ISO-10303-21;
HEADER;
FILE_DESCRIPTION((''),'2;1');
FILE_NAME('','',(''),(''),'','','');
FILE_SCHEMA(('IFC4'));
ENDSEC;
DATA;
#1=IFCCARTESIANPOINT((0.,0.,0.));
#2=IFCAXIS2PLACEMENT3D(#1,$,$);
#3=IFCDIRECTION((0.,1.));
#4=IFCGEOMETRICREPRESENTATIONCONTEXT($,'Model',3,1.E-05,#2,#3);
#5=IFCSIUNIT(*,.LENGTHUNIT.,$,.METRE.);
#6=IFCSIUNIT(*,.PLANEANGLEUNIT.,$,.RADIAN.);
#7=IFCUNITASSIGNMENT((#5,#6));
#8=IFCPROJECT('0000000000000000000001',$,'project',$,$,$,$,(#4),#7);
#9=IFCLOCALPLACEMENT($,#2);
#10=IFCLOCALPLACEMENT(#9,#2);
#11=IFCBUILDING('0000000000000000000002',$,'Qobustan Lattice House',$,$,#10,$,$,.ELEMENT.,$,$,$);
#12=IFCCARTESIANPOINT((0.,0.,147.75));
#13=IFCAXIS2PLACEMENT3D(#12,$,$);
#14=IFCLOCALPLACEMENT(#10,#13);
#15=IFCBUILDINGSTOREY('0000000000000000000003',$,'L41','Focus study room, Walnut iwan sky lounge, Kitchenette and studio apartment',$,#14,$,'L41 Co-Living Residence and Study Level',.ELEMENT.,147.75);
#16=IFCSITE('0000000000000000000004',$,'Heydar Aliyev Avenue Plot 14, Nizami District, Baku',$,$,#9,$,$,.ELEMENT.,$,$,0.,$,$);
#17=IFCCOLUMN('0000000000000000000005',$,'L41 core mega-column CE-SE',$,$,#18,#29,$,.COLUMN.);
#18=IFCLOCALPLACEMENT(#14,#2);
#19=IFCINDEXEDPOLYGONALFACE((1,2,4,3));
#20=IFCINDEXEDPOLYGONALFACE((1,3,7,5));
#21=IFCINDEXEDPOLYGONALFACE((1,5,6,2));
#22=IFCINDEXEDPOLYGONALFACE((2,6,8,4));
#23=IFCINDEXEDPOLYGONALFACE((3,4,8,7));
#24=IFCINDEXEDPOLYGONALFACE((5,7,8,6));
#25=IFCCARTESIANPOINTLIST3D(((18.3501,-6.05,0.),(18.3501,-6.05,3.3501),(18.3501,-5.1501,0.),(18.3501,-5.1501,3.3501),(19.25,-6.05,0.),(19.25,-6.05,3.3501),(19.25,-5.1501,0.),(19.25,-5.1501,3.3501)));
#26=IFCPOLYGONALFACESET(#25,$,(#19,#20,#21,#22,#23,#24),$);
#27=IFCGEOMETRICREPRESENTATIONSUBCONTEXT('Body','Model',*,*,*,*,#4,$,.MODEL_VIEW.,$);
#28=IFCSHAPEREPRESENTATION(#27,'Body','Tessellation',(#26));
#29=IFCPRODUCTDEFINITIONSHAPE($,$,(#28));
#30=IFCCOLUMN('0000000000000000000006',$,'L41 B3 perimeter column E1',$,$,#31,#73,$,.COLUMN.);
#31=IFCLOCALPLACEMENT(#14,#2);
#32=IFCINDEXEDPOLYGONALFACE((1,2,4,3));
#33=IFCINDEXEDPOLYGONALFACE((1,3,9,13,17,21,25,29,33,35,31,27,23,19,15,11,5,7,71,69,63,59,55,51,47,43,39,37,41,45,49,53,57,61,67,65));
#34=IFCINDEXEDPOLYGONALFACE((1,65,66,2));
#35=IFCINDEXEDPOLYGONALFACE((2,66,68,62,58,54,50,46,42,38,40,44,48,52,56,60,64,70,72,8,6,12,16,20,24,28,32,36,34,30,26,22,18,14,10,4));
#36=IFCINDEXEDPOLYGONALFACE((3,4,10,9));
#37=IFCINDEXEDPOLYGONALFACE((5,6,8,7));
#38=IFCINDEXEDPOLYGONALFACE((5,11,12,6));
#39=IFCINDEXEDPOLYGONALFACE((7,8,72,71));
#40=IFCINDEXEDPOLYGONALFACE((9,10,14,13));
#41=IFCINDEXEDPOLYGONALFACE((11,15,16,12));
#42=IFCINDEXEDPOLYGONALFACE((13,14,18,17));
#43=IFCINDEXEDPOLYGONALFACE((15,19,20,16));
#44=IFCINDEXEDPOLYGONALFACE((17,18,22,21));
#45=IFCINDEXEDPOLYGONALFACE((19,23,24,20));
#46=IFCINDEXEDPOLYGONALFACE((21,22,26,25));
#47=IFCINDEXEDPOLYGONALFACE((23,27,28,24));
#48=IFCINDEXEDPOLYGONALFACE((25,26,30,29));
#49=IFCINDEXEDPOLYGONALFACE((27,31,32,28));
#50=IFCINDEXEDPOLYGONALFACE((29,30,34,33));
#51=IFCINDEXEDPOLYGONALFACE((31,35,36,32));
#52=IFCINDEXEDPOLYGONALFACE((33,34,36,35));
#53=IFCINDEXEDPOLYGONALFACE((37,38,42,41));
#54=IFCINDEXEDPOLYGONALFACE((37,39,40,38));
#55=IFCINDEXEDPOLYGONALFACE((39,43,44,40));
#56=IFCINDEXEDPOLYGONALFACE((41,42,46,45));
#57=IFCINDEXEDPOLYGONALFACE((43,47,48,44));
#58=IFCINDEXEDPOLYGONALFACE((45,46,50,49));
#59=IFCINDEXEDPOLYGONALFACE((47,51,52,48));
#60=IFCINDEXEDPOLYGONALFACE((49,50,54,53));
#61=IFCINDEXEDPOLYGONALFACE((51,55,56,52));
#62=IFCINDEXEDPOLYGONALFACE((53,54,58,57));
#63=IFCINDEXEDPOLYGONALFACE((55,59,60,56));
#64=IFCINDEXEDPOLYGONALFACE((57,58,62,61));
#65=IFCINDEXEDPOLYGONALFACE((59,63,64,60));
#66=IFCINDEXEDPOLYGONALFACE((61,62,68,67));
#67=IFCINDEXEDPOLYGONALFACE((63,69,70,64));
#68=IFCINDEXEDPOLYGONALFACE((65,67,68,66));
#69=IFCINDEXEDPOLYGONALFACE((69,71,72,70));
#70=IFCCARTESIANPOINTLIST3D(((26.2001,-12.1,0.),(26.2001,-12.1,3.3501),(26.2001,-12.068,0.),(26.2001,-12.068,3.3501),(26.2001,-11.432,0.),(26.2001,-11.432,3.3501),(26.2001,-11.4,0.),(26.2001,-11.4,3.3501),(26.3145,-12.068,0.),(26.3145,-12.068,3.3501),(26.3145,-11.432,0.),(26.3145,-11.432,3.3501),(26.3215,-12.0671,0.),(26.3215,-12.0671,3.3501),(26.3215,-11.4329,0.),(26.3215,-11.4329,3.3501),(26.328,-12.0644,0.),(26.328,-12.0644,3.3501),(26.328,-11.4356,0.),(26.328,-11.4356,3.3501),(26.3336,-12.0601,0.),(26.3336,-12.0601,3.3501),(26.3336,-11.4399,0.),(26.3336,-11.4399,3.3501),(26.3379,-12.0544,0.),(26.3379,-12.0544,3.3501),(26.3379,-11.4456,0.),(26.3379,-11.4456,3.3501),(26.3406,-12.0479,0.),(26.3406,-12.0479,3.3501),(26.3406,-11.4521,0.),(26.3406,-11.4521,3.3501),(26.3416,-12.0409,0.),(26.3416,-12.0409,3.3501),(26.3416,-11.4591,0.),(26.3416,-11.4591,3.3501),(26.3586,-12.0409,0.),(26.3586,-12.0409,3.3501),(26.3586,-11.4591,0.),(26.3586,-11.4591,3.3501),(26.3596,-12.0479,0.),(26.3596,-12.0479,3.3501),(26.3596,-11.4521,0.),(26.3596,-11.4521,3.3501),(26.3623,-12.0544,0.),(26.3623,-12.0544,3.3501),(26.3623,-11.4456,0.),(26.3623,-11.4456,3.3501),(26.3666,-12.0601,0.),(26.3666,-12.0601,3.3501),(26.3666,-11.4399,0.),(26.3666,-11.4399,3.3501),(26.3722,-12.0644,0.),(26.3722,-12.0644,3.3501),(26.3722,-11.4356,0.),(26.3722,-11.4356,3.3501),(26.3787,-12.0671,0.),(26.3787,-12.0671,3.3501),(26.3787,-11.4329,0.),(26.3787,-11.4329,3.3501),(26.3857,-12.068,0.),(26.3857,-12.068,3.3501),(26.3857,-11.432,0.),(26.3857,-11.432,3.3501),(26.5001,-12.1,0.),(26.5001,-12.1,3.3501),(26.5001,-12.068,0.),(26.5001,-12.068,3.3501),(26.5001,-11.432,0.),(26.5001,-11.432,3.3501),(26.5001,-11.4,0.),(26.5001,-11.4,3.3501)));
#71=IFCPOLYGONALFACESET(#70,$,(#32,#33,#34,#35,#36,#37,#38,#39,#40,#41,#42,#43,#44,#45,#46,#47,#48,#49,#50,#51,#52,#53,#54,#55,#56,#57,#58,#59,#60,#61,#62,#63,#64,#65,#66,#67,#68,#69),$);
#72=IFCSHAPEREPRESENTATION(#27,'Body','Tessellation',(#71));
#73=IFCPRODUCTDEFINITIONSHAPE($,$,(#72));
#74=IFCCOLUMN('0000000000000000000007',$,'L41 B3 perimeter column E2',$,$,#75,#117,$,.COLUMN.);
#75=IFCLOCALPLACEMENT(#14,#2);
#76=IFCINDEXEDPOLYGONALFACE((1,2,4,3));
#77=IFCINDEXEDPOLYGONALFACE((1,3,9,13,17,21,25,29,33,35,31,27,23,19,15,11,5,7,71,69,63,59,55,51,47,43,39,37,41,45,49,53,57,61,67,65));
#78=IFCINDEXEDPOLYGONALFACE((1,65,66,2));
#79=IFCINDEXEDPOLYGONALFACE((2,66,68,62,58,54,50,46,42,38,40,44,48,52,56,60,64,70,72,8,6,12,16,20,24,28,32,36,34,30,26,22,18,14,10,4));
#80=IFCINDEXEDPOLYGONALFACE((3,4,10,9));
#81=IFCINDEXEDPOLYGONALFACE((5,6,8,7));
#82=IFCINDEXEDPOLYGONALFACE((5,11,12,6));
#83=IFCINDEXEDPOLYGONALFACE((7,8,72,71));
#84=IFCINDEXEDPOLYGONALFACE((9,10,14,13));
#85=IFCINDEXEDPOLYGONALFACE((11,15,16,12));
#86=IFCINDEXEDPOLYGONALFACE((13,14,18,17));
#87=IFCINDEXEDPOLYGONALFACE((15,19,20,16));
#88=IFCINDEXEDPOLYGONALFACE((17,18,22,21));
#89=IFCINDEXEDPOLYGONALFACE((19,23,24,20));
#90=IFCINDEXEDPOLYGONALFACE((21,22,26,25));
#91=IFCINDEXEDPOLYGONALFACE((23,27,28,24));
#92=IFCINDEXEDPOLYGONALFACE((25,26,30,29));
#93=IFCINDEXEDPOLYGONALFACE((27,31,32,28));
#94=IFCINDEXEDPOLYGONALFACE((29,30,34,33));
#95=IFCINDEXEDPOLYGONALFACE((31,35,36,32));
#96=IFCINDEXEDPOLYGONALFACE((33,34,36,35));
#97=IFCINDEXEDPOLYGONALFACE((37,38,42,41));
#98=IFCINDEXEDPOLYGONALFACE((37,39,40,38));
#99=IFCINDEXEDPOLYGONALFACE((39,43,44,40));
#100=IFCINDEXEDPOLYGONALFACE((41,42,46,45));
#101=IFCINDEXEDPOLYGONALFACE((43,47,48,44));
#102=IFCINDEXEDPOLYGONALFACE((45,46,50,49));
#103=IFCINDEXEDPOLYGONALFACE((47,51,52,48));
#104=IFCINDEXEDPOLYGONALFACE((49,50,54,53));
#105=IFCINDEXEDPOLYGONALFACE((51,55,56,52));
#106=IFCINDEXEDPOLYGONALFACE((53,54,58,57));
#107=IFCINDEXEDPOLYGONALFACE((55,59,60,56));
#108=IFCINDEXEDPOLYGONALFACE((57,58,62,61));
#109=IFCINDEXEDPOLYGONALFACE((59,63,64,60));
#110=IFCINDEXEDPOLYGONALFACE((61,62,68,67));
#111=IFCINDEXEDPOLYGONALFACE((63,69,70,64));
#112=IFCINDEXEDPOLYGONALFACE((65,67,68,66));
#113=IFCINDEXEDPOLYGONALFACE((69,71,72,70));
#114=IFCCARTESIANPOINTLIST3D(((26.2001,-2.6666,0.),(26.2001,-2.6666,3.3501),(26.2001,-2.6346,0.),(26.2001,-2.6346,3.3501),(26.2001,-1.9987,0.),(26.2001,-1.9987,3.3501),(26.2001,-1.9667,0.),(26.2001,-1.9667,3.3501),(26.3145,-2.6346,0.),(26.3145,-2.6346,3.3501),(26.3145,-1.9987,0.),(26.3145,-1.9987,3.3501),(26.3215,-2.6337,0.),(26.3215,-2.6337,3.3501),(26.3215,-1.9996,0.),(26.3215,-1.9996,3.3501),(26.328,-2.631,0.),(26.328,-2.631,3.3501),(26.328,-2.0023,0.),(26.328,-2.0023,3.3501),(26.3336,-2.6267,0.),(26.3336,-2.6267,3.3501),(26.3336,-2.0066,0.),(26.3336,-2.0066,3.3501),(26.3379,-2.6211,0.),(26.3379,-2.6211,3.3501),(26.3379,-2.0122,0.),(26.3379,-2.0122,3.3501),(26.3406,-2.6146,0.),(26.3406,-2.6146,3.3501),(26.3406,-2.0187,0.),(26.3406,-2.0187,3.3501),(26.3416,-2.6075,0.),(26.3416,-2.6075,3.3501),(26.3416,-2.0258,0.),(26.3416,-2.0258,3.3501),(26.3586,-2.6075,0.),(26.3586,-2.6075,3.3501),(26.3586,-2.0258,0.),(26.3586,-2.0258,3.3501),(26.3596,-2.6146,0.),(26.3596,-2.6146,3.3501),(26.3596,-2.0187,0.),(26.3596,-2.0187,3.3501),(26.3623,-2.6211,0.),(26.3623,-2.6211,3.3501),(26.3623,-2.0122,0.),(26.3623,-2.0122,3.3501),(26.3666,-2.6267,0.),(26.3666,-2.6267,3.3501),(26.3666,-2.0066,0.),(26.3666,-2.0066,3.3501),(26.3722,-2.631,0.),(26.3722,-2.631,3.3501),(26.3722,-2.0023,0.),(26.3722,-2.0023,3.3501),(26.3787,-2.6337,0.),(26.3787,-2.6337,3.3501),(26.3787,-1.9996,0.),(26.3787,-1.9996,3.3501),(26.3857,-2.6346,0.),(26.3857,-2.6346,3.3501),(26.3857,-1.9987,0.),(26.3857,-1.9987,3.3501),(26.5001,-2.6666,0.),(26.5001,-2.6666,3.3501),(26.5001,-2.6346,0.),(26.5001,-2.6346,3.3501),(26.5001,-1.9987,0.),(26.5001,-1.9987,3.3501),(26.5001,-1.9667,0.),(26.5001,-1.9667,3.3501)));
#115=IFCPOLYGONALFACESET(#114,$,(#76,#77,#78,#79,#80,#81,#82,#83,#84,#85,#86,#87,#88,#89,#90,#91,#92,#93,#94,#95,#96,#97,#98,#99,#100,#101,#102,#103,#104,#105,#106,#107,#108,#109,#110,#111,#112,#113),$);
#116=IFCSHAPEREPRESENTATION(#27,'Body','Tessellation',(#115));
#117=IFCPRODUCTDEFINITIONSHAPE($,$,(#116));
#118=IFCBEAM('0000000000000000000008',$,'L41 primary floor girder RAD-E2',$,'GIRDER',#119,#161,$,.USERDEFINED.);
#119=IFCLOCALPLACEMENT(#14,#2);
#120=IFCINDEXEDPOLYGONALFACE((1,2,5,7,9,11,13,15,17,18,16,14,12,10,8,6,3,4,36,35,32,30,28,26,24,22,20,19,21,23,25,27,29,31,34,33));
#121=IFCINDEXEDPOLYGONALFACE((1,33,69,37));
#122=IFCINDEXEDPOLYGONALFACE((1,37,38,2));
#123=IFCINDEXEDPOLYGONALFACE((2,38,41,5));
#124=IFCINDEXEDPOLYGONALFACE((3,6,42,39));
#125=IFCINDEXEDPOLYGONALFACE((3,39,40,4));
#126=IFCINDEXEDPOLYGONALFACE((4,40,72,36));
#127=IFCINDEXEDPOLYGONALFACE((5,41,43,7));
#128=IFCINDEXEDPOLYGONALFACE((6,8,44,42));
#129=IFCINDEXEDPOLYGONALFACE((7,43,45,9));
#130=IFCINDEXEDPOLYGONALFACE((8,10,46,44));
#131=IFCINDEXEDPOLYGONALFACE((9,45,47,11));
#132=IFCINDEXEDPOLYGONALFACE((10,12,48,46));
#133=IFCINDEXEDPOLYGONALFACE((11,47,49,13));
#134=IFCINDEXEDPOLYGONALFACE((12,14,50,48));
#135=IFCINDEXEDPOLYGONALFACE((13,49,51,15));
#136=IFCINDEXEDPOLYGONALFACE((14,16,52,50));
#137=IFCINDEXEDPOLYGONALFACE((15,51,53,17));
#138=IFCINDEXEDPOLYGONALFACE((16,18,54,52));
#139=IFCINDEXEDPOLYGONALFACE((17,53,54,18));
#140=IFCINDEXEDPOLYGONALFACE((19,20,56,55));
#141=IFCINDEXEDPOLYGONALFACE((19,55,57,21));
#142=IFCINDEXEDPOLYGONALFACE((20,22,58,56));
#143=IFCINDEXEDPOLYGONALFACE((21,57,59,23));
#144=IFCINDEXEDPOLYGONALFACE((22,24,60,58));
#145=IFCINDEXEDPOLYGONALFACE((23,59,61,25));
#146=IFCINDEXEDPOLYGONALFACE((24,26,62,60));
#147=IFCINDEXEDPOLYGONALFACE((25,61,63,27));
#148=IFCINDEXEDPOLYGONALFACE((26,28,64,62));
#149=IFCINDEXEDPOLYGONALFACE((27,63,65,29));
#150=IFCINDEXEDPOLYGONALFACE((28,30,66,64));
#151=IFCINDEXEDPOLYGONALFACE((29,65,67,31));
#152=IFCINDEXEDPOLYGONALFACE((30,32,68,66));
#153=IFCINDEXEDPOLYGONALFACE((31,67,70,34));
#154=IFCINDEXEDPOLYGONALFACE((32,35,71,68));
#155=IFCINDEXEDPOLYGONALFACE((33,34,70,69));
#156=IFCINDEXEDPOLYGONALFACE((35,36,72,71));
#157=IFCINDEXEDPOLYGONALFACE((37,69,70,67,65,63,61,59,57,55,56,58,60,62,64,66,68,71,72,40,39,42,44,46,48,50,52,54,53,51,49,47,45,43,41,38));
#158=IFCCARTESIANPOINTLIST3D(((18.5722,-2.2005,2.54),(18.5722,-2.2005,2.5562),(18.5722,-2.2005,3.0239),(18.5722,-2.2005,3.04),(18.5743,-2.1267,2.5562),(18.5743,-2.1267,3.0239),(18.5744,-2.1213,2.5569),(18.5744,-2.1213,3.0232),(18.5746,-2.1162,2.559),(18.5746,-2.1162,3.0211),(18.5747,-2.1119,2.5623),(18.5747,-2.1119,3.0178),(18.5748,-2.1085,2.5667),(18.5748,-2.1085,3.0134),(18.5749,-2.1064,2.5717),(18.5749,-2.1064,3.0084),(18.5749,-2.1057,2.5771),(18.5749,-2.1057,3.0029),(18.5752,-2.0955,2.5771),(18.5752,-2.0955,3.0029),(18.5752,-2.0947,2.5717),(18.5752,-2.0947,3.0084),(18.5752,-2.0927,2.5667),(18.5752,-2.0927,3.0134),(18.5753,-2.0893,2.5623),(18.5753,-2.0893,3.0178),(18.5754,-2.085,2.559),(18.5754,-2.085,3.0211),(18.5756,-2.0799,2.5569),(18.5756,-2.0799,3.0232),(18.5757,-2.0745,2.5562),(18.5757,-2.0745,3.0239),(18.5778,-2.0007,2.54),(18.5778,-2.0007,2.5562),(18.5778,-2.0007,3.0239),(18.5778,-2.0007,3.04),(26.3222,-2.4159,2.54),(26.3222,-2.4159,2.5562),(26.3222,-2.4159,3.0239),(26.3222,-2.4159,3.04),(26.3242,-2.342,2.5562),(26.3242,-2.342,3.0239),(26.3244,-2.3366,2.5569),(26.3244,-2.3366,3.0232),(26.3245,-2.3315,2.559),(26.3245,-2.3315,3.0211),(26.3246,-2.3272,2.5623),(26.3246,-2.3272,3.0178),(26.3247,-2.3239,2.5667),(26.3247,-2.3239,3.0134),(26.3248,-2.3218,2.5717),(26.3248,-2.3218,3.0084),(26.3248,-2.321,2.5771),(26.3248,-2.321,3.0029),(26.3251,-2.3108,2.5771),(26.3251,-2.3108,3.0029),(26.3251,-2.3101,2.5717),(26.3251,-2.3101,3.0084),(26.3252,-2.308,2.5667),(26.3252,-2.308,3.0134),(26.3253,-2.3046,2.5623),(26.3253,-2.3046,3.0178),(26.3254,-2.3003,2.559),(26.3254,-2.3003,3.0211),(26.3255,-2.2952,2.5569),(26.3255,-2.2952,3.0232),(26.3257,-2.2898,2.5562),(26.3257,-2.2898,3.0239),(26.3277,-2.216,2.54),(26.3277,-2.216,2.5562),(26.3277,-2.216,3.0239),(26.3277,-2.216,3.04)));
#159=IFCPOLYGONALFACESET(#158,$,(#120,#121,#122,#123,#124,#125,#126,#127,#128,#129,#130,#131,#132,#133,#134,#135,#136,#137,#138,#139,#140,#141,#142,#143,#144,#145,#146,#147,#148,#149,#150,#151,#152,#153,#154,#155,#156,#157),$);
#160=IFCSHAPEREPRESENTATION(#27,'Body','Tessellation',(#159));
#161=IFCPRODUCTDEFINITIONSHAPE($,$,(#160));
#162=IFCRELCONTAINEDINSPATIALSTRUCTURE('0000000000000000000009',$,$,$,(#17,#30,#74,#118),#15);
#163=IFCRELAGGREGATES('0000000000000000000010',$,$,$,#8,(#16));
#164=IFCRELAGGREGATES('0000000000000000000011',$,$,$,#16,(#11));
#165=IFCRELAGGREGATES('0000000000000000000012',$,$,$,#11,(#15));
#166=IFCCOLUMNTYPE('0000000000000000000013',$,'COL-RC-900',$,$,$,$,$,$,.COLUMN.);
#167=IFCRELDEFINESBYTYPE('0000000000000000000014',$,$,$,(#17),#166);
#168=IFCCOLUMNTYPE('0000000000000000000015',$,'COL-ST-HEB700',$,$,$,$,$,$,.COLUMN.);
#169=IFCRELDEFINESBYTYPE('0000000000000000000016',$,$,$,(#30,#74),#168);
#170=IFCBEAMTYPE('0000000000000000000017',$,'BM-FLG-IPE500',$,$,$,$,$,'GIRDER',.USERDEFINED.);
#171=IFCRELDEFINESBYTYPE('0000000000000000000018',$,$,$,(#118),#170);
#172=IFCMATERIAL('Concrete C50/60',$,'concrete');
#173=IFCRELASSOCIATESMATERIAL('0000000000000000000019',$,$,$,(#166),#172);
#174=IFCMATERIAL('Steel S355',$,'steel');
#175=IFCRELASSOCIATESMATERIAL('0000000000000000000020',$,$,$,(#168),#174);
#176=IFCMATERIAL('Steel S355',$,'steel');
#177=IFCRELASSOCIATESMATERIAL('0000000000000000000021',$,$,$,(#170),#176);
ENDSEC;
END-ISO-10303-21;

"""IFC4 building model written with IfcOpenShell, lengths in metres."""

from ifc_helpers import new_model, si_unit, direction, frame, origin, origin_2d, place, context, subcontext, project, spatial, rectangle, i_section, extrude, material, material_profile, profile_set, type_object, element, save


model = new_model("IFC4")

# Units and contexts
model_context = context("Model", 3, precision=1e-05, world=origin(), true_north=direction((0.0, 1.0)))
body_context = subcontext(model_context, "Body", "Model", "MODEL_VIEW")
ifc_project = project(units=[si_unit("LENGTHUNIT", "METRE"), si_unit("PLANEANGLEUNIT", "RADIAN")], contexts=[model_context])

# Site, building, storey
site_placement = place(None, origin())
site = spatial("IfcSite", under=ifc_project, at=site_placement, Name="Heydar Aliyev Avenue Plot 14, Nizami District, Baku", CompositionType="ELEMENT", RefElevation=0.0)
building_placement = place(site_placement, origin())
building = spatial("IfcBuilding", under=site, at=building_placement, Name="Qobustan Lattice House", CompositionType="ELEMENT")
storey_placement = place(building_placement, frame((0.0, 0.0, 147.75)))
storey = spatial("IfcBuildingStorey", under=building, at=storey_placement, Name="L41", Description="Focus study room, Walnut iwan sky lounge, Kitchenette and studio apartment", LongName="L41 Co-Living Residence and Study Level", CompositionType="ELEMENT", Elevation=147.75)

# Columns
ifc_material_1 = material(Name="Concrete C50/60", Category="concrete")
ifc_material_profile_1 = material_profile(ifc_material_1, rectangle(XDim=0.8999, YDim=0.8999, at=origin_2d()), Name="RC900x900")
ifc_profile_set_1 = profile_set([ifc_material_profile_1], Name="Concrete C50/60")
column_type_1 = type_object("IfcColumnType", Name="COL-RC-900", PredefinedType="COLUMN", material=ifc_profile_set_1)
column_placement = place(storey_placement, frame((18.8, -5.6001, 0.0), z_axis=(0.0, 0.0, 1.0), x_axis=(1.0, 0.0, 0.0)))
element("IfcColumn", 1, at=column_placement, inside=storey, type_object=column_type_1, Name="L41 core mega-column CE-SE", PredefinedType="COLUMN", context=body_context, shape_type="SweptSolid", body=[
    extrude(rectangle(XDim=0.8999, YDim=0.8999, at=origin_2d()), origin(), (0.0, 0.0, 1.0), 3.3501),
])
ifc_material_2 = material(Name="Steel S355", Category="steel")
ifc_material_profile_2 = material_profile(ifc_material_2, i_section(OverallWidth=0.3, OverallDepth=0.7, WebThickness=0.0171, FlangeThickness=0.032, FilletRadius=0.0271, at=origin_2d()), Name="HEB700")
ifc_profile_set_2 = profile_set([ifc_material_profile_2], Name="Steel S355")
column_type_2 = type_object("IfcColumnType", Name="COL-ST-HEB700", PredefinedType="COLUMN", material=ifc_profile_set_2)
for number, where, z_axis, x_axis, name in (
    (2, (26.3501, -11.75, 0.0), (0.0, 0.0, 1.0), (1.0, 0.0, 0.0), "L41 B3 perimeter column E1"),
    (3, (26.3501, -2.3167, 0.0), (0.0, 0.0, 1.0), (1.0, 0.0, 0.0), "L41 B3 perimeter column E2"),
):
    element("IfcColumn", number, at=place(storey_placement, frame(where, z_axis=z_axis, x_axis=x_axis)), inside=storey, type_object=column_type_2, Name=name, PredefinedType="COLUMN", context=body_context, shape_type="SweptSolid", body=[
        extrude(i_section(OverallWidth=0.3, OverallDepth=0.7, WebThickness=0.0171, FlangeThickness=0.032, FilletRadius=0.0271, at=origin_2d()), origin(), (0.0, 0.0, 1.0), 3.3501),
    ])

# Beam
ifc_material_3 = material(Name="Steel S355", Category="steel")
ifc_material_profile_3 = material_profile(ifc_material_3, i_section(OverallWidth=0.2, OverallDepth=0.5, WebThickness=0.0103, FlangeThickness=0.0161, FilletRadius=0.021, at=origin_2d()), Name="IPE500")
ifc_profile_set_3 = profile_set([ifc_material_profile_3], Name="Steel S355")
beam_type_1 = type_object("IfcBeamType", Name="BM-FLG-IPE500", ElementType="GIRDER", PredefinedType="USERDEFINED", material=ifc_profile_set_3)
beam_1_placement = place(storey_placement, frame((26.325, -2.3159, 2.79), z_axis=(-0.999614, 0.027774, 0.0), x_axis=(-0.027774, -0.999614, 0.0)))
element("IfcBeam", 4, at=beam_1_placement, inside=storey, type_object=beam_type_1, Name="L41 primary floor girder RAD-E2", ObjectType="GIRDER", PredefinedType="USERDEFINED", context=body_context, shape_type="SweptSolid", body=[
    extrude(i_section(OverallWidth=0.2, OverallDepth=0.5, WebThickness=0.0103, FlangeThickness=0.0161, FilletRadius=0.021, at=origin_2d()), origin(), (0.0, 0.0, 1.0), 7.7529),
])

save(model, "model.ifc")
